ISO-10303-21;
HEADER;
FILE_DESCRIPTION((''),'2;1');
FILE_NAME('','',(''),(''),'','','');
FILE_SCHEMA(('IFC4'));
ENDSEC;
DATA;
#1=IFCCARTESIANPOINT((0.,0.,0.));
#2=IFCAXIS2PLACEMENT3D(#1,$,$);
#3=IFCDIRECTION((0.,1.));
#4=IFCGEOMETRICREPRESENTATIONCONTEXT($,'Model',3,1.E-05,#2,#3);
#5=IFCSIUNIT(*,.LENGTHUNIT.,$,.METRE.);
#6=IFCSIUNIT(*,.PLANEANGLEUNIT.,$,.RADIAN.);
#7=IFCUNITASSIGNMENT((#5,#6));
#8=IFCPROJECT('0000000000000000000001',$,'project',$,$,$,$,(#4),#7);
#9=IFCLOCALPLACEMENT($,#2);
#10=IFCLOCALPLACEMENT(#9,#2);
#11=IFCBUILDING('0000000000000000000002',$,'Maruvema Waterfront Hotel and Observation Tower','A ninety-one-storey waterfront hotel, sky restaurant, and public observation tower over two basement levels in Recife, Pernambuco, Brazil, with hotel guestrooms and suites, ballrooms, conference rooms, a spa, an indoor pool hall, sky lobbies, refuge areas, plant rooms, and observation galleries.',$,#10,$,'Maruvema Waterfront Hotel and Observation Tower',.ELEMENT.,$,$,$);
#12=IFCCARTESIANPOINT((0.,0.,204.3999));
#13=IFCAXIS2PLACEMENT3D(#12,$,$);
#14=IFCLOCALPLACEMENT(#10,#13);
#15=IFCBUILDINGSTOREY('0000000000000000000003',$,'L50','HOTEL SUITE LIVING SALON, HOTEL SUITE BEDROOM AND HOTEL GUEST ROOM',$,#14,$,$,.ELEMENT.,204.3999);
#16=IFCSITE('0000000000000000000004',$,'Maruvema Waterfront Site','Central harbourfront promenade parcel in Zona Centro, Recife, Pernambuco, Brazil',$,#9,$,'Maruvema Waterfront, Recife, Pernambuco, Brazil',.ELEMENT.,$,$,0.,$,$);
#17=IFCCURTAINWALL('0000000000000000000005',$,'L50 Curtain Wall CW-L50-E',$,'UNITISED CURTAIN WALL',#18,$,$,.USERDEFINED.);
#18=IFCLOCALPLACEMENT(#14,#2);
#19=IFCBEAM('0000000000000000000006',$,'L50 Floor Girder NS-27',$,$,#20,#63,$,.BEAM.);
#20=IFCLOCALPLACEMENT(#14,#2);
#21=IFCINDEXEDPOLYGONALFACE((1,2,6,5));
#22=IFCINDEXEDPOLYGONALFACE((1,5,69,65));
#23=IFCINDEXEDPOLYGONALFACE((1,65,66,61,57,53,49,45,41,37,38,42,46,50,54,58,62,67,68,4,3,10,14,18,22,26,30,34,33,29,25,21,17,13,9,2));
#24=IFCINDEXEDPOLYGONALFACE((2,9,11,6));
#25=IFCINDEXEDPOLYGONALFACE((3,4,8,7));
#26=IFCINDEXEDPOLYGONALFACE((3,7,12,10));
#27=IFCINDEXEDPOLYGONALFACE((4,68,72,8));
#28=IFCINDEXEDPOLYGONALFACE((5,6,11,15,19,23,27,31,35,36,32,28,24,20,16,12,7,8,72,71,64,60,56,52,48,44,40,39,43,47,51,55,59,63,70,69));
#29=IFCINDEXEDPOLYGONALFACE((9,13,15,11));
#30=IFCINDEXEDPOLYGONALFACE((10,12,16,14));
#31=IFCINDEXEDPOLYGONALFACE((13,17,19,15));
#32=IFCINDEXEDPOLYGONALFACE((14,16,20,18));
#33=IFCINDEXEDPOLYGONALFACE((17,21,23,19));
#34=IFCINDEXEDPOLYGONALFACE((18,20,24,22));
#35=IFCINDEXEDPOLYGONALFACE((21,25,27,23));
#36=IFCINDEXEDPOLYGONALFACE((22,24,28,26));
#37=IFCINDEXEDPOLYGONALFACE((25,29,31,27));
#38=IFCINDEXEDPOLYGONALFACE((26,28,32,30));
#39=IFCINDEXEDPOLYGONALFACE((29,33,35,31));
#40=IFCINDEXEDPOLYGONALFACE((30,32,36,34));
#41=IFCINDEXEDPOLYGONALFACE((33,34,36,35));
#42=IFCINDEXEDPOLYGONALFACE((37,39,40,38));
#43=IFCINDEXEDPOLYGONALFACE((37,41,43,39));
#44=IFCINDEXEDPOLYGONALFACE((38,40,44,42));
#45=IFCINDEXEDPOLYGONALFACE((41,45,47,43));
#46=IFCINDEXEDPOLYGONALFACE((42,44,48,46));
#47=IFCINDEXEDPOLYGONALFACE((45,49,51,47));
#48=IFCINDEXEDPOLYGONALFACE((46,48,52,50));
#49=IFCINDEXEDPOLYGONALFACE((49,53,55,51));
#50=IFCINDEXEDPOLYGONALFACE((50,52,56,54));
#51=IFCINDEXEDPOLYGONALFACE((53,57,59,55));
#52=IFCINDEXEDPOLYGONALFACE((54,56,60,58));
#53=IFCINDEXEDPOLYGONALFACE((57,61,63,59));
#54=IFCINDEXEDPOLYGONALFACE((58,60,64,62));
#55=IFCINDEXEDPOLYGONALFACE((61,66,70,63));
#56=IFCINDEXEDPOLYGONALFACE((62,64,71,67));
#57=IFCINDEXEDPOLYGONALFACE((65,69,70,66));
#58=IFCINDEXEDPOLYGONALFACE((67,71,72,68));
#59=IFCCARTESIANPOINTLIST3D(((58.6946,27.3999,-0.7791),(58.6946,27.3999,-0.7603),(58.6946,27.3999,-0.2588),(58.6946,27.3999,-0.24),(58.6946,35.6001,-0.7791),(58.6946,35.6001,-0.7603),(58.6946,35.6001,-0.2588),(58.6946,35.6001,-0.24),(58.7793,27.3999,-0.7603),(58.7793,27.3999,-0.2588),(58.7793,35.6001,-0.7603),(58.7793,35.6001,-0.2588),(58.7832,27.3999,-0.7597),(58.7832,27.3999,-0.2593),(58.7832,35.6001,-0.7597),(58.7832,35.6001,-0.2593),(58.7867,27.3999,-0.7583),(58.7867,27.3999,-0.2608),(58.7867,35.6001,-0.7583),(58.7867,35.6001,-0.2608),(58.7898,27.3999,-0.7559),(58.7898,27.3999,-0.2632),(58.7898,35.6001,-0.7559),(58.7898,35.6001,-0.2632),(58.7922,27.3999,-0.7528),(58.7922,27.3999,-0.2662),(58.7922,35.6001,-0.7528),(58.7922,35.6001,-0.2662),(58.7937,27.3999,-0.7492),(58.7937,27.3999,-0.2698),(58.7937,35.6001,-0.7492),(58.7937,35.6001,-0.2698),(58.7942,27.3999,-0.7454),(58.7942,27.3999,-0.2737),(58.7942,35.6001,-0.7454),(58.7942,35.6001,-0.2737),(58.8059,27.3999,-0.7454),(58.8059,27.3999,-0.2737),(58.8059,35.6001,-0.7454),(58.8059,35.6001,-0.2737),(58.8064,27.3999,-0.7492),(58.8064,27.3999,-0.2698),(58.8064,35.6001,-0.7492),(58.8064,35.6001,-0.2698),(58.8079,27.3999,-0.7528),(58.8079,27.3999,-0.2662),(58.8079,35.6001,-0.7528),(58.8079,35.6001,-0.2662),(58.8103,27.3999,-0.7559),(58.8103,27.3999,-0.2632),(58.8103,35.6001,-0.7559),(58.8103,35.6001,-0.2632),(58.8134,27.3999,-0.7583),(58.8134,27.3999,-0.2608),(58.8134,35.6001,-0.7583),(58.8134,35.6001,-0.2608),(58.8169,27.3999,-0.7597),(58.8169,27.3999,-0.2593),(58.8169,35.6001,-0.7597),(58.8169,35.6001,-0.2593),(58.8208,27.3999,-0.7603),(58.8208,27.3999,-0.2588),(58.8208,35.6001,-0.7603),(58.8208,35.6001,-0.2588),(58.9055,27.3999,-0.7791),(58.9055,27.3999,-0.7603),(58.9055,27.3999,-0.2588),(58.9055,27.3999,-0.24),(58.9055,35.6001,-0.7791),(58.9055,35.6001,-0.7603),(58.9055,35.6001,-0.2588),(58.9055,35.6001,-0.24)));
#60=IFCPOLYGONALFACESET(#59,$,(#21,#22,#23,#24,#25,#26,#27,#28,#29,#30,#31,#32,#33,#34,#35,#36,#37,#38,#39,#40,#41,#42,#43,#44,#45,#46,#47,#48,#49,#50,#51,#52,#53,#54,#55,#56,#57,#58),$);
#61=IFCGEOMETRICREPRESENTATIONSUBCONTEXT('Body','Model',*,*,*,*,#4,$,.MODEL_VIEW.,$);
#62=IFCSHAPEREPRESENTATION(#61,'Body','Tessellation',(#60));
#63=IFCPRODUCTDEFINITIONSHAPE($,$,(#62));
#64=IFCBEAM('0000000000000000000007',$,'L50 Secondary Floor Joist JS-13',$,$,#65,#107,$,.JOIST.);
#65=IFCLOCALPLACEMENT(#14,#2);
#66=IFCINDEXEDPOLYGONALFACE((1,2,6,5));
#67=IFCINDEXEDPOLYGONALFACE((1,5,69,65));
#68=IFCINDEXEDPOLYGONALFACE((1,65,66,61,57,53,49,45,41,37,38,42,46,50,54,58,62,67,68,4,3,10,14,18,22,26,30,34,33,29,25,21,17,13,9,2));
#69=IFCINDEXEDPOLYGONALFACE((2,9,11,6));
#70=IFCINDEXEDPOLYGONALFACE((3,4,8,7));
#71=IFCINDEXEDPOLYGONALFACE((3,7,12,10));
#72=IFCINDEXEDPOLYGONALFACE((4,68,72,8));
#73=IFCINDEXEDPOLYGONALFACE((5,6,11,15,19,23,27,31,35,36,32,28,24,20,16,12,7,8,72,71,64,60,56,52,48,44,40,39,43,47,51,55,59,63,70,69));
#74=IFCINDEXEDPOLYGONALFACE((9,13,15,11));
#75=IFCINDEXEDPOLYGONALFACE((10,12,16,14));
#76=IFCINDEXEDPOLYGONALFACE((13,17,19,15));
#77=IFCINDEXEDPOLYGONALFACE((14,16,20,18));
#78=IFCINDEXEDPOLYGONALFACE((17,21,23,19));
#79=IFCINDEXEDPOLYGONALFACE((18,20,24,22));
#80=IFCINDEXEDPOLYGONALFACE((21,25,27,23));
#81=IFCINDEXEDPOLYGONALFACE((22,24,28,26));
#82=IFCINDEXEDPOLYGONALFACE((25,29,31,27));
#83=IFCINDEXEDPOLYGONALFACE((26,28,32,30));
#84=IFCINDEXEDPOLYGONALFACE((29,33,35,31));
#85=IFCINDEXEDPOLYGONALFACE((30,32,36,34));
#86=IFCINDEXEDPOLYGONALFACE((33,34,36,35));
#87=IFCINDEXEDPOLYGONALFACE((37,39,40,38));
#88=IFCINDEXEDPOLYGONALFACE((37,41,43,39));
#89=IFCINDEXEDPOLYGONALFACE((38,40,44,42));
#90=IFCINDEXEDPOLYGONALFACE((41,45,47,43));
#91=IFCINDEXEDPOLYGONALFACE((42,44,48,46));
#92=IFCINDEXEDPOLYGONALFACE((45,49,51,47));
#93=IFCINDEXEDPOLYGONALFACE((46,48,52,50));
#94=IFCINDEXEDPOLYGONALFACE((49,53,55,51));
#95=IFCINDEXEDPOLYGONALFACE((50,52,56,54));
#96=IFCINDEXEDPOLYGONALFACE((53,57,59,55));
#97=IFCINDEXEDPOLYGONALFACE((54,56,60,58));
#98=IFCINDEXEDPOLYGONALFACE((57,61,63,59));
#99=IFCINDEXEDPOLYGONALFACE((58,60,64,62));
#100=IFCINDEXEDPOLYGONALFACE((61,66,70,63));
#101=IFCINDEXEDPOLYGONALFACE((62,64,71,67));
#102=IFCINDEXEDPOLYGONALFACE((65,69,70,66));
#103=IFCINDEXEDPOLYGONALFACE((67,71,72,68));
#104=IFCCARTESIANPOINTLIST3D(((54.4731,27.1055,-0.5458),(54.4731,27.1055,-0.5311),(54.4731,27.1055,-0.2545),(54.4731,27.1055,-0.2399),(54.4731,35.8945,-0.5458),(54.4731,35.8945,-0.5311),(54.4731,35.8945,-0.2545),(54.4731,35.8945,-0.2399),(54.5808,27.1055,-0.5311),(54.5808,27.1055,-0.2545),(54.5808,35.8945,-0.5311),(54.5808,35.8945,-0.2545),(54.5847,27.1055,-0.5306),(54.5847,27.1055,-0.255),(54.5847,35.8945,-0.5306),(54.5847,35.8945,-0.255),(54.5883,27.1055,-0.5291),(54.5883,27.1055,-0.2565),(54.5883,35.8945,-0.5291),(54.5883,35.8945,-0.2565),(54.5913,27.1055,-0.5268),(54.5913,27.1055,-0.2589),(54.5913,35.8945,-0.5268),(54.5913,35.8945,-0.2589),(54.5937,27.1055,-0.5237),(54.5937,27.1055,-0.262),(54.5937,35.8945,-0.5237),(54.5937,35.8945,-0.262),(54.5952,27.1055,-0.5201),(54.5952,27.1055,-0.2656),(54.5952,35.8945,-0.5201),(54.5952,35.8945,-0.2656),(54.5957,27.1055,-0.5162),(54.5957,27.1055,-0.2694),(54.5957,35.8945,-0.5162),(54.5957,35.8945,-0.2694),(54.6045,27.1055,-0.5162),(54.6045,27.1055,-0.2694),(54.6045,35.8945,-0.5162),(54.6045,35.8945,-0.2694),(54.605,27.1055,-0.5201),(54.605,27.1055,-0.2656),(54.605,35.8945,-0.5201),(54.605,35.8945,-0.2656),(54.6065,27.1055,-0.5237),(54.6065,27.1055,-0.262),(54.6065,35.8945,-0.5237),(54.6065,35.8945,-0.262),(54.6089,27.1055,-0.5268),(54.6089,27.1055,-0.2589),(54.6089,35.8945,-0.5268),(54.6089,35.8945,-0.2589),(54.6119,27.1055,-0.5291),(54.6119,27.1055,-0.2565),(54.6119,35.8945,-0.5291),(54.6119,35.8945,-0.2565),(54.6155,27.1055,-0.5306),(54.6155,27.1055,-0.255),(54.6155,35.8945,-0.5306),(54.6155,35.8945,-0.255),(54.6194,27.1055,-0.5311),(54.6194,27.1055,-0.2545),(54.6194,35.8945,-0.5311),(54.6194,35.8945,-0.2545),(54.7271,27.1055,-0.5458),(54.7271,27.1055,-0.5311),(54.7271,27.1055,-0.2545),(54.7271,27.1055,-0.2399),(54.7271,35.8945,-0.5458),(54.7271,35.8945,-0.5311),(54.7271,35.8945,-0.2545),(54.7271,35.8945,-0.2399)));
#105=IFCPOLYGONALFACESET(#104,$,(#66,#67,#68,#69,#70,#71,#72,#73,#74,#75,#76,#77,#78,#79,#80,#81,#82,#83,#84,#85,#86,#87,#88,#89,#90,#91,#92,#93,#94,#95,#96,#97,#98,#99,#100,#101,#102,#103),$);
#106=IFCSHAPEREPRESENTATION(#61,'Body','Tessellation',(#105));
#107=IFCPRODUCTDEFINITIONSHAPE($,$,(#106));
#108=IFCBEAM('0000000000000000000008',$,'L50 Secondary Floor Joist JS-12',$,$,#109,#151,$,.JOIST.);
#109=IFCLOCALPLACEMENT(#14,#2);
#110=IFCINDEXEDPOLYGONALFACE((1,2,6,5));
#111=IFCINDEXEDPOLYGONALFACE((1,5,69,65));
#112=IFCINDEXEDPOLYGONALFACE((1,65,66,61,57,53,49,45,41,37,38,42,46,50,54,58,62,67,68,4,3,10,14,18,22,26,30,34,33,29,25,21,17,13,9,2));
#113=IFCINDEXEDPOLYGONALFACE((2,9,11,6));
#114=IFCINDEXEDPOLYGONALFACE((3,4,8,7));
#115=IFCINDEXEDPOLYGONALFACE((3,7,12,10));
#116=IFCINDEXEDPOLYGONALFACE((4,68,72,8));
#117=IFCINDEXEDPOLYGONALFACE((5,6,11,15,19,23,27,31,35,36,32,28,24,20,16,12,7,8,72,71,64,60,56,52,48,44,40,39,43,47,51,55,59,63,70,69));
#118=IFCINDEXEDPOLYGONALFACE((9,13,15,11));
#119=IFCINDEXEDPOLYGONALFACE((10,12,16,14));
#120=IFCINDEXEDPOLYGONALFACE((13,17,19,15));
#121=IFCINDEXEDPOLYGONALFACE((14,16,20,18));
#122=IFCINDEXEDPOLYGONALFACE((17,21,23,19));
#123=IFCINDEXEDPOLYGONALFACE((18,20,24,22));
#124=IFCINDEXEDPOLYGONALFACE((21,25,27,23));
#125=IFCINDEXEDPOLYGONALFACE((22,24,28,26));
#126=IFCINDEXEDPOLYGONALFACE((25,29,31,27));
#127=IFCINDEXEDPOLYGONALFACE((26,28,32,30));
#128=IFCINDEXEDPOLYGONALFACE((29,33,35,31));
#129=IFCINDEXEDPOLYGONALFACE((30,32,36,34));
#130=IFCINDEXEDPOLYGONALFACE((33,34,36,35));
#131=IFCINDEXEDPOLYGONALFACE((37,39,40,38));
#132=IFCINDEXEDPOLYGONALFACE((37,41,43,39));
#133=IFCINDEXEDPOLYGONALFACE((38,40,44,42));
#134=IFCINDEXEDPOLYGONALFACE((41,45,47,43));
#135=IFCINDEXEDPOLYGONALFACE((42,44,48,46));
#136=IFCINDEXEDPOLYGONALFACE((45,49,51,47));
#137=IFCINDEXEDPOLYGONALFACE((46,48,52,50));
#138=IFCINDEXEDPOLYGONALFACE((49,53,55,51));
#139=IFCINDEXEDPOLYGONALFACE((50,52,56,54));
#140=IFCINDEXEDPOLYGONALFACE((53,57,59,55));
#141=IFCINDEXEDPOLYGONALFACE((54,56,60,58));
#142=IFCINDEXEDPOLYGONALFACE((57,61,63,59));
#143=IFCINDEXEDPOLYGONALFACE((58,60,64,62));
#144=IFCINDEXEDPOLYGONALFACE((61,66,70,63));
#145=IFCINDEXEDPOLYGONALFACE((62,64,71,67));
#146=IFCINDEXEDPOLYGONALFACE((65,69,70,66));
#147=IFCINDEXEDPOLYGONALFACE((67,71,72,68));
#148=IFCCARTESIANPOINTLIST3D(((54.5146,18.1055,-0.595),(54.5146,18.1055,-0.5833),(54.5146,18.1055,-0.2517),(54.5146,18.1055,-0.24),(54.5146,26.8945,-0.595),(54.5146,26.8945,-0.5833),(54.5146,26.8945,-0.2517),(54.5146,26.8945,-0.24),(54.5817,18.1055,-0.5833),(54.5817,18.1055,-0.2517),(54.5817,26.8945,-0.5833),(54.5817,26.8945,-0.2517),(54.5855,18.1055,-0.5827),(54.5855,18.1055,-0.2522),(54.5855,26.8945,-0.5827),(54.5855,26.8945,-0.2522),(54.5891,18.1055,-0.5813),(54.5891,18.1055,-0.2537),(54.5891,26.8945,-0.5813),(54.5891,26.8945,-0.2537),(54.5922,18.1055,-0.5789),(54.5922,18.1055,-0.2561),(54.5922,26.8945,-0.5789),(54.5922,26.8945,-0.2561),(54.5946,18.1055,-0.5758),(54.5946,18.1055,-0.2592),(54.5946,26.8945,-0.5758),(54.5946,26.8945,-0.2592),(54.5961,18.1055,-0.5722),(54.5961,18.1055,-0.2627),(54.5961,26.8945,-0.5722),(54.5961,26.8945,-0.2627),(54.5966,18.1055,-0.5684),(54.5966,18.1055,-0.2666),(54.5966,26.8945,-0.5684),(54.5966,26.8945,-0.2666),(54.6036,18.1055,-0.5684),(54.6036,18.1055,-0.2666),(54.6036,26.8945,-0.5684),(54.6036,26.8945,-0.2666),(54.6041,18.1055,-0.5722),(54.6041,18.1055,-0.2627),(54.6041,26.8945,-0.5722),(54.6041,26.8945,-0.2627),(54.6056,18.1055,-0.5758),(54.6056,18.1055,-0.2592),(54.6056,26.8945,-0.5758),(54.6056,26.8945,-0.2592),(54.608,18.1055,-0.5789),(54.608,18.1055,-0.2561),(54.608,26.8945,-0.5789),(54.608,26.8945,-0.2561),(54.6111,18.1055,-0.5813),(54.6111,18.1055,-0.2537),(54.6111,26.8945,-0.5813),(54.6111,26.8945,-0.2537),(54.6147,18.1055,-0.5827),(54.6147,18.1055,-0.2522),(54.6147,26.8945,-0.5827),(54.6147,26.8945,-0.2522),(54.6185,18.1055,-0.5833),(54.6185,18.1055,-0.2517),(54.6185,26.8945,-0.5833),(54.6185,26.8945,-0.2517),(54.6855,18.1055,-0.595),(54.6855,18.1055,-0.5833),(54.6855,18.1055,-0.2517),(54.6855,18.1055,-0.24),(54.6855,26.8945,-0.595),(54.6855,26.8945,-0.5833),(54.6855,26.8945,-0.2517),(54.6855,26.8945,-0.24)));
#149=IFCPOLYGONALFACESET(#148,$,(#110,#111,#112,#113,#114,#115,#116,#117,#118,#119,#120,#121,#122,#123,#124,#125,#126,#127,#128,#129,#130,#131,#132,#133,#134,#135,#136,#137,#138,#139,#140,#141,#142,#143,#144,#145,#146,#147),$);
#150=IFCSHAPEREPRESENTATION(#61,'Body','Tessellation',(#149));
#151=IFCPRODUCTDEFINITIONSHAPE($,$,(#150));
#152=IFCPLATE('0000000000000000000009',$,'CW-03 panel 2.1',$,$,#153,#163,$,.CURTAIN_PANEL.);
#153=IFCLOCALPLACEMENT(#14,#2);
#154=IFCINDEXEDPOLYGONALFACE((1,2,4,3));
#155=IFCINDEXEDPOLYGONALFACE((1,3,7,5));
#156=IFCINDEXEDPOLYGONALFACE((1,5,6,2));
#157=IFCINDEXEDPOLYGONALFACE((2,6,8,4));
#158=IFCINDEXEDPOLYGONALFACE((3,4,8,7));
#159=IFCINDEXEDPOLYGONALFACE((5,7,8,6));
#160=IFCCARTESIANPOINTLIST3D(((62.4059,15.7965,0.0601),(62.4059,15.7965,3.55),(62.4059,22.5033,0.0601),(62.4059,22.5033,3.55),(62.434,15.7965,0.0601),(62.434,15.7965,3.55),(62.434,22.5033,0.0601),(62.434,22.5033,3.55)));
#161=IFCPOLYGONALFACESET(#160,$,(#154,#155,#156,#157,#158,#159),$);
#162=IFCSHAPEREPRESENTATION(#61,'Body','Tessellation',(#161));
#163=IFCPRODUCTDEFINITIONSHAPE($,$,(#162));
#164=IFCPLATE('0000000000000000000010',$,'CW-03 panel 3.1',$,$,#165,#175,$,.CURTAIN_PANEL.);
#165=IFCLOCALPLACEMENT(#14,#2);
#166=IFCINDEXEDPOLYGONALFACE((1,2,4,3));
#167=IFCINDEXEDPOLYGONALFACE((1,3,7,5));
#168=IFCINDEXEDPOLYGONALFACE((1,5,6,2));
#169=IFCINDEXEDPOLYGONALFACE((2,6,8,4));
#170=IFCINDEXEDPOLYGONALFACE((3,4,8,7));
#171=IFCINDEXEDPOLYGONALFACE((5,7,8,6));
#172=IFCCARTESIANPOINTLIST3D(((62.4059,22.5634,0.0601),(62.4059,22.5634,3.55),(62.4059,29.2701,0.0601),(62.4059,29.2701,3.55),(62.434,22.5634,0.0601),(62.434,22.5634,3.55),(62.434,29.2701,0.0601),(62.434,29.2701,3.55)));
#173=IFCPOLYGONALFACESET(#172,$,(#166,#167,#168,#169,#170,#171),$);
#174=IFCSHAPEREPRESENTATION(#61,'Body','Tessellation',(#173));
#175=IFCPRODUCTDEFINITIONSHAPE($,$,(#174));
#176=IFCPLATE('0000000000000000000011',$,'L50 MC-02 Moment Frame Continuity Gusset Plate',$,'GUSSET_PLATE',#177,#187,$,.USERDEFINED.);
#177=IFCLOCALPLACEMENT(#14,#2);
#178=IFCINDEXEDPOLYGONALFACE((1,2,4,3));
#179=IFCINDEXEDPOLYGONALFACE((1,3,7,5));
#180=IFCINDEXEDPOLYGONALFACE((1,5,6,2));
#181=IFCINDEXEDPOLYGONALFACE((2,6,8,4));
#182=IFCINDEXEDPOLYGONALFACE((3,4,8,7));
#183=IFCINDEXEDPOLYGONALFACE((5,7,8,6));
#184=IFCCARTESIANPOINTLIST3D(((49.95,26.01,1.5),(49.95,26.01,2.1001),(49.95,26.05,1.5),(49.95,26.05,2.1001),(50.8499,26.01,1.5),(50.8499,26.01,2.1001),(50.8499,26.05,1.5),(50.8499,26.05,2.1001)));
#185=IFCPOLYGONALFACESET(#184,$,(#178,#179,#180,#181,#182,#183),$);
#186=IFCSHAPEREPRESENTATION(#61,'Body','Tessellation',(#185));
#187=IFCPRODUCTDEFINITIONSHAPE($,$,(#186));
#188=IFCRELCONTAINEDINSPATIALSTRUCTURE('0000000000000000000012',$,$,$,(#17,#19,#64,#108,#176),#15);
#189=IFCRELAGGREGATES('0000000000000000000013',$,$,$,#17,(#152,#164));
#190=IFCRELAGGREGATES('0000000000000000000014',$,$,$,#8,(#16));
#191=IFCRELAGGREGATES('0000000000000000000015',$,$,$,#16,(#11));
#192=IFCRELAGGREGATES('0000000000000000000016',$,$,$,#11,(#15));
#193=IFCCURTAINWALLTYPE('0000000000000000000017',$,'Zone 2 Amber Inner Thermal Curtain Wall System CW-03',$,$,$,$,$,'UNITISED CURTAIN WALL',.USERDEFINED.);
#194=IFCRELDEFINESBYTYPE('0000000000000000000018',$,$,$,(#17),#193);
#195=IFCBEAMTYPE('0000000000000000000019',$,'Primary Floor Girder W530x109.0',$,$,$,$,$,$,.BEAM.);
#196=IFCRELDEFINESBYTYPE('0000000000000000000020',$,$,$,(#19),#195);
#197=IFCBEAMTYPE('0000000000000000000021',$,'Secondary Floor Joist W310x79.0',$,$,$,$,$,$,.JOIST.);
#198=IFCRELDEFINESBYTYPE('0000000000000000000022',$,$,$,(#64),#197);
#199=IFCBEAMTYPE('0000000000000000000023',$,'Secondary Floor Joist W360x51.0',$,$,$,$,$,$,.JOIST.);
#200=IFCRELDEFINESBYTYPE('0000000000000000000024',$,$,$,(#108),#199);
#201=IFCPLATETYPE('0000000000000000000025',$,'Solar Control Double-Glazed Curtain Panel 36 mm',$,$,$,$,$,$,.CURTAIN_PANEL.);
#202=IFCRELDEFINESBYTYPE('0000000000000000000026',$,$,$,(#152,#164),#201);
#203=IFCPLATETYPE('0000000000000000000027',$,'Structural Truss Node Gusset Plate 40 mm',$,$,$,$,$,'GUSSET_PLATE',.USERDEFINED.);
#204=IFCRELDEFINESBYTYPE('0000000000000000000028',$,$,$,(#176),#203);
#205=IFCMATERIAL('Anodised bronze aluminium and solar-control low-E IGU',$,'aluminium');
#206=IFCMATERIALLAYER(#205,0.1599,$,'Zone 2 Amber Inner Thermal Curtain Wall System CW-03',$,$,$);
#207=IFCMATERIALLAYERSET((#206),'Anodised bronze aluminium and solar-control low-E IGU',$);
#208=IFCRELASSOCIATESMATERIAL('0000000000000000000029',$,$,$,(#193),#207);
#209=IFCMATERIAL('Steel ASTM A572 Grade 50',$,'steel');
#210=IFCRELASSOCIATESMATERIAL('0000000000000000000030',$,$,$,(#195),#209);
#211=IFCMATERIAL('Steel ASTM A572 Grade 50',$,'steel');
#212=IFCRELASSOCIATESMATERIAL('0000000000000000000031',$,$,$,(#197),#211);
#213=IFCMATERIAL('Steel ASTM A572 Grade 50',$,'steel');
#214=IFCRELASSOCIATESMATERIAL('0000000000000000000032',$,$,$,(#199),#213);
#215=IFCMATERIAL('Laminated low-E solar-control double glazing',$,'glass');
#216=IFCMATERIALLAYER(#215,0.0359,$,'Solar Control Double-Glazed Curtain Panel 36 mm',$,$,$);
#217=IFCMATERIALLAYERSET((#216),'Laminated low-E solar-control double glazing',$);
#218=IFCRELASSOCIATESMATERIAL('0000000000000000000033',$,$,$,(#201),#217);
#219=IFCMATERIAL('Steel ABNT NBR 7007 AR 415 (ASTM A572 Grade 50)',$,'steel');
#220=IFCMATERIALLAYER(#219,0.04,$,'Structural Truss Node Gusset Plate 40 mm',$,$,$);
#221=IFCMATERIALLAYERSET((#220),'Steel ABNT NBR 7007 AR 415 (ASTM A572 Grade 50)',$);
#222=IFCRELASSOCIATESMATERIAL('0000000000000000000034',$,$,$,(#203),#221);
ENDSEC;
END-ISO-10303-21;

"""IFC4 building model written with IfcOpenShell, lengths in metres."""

from ifc_helpers import new_model, si_unit, direction, frame, origin, origin_2d, place, context, subcontext, project, spatial, rectangle, i_section, extrude, material, layer, layer_set, material_profile, profile_set, type_object, element, aggregate, save


model = new_model("IFC4")

# Units and contexts
model_context = context("Model", 3, precision=1e-05, world=origin(), true_north=direction((0.0, 1.0)))
body_context = subcontext(model_context, "Body", "Model", "MODEL_VIEW")
ifc_project = project(units=[si_unit("LENGTHUNIT", "METRE"), si_unit("PLANEANGLEUNIT", "RADIAN")], contexts=[model_context])

# Site, building, storey
site_placement = place(None, origin())
site = spatial("IfcSite", under=ifc_project, at=site_placement, Name="Maruvema Waterfront Site", Description="Central harbourfront promenade parcel in Zona Centro, Recife, Pernambuco, Brazil", LongName="Maruvema Waterfront, Recife, Pernambuco, Brazil", CompositionType="ELEMENT", RefElevation=0.0)
building_placement = place(site_placement, origin())
building = spatial("IfcBuilding", under=site, at=building_placement, Name="Maruvema Waterfront Hotel and Observation Tower", Description="A ninety-one-storey waterfront hotel, sky restaurant, and public observation tower over two basement levels in Recife, Pernambuco, Brazil, with hotel guestrooms and suites, ballrooms, conference rooms, a spa, an indoor pool hall, sky lobbies, refuge areas, plant rooms, and observation galleries.", LongName="Maruvema Waterfront Hotel and Observation Tower", CompositionType="ELEMENT")
storey_placement = place(building_placement, frame((0.0, 0.0, 204.3999)))
storey = spatial("IfcBuildingStorey", under=building, at=storey_placement, Name="L50", Description="HOTEL SUITE LIVING SALON, HOTEL SUITE BEDROOM AND HOTEL GUEST ROOM", CompositionType="ELEMENT", Elevation=204.3999)

# Curtain wall
ifc_material_1 = material(Name="Anodised bronze aluminium and solar-control low-E IGU", Category="aluminium")
ifc_layer_1 = layer(ifc_material_1, 0.1599, Name="Zone 2 Amber Inner Thermal Curtain Wall System CW-03")
ifc_layer_set_1 = layer_set([ifc_layer_1], Name="Anodised bronze aluminium and solar-control low-E IGU")
curtain_wall_type = type_object("IfcCurtainWallType", Name="Zone 2 Amber Inner Thermal Curtain Wall System CW-03", ElementType="UNITISED CURTAIN WALL", PredefinedType="USERDEFINED", material=ifc_layer_set_1)
curtain_wall_placement = place(storey_placement, origin())
curtain_wall = element("IfcCurtainWall", 1, at=curtain_wall_placement, inside=storey, type_object=curtain_wall_type, Name="L50 Curtain Wall CW-L50-E", ObjectType="UNITISED CURTAIN WALL", PredefinedType="USERDEFINED")

# Beams
ifc_material_2 = material(Name="Steel ASTM A572 Grade 50", Category="steel")
ifc_material_profile_1 = material_profile(ifc_material_2, i_section(OverallWidth=0.2109, OverallDepth=0.5391, WebThickness=0.0117, FlangeThickness=0.0188, FilletRadius=0.0149, at=origin_2d()), Name="W530x109.0")
ifc_profile_set_1 = profile_set([ifc_material_profile_1], Name="Steel ASTM A572 Grade 50")
beam_type_1 = type_object("IfcBeamType", Name="Primary Floor Girder W530x109.0", PredefinedType="BEAM", material=ifc_profile_set_1)
for number, where, z_axis, x_axis, name in (
    (2, (58.8, 27.3999, -0.5095), (0.0, 1.0, 0.0), (-1.0, 0.0, 0.0), "L50 Floor Girder NS-27"),
):
    element("IfcBeam", number, at=place(storey_placement, frame(where, z_axis=z_axis, x_axis=x_axis)), inside=storey, type_object=beam_type_1, Name=name, PredefinedType="BEAM", context=body_context, shape_type="SweptSolid", body=[
        extrude(i_section(OverallWidth=0.2109, OverallDepth=0.5391, WebThickness=0.0117, FlangeThickness=0.0188, FilletRadius=0.0149, at=origin_2d()), origin(), (0.0, 0.0, 1.0), 8.2002),
    ])
ifc_material_3 = material(Name="Steel ASTM A572 Grade 50", Category="steel")
ifc_material_profile_2 = material_profile(ifc_material_3, i_section(OverallWidth=0.2539, OverallDepth=0.3059, WebThickness=0.0088, FlangeThickness=0.0146, FilletRadius=0.0149, at=origin_2d()), Name="W310x79.0")
ifc_profile_set_2 = profile_set([ifc_material_profile_2], Name="Steel ASTM A572 Grade 50")
beam_type_2 = type_object("IfcBeamType", Name="Secondary Floor Joist W310x79.0", PredefinedType="JOIST", material=ifc_profile_set_2)
beam_1_placement = place(storey_placement, frame((54.6001, 27.1055, -0.3928), z_axis=(0.0, 1.0, 0.0), x_axis=(-1.0, 0.0, 0.0)))
element("IfcBeam", 3, at=beam_1_placement, inside=storey, type_object=beam_type_2, Name="L50 Secondary Floor Joist JS-13", PredefinedType="JOIST", context=body_context, shape_type="SweptSolid", body=[
    extrude(i_section(OverallWidth=0.2539, OverallDepth=0.3059, WebThickness=0.0088, FlangeThickness=0.0146, FilletRadius=0.0149, at=origin_2d()), origin(), (0.0, 0.0, 1.0), 8.7891),
])
ifc_material_4 = material(Name="Steel ASTM A572 Grade 50", Category="steel")
ifc_material_profile_3 = material_profile(ifc_material_4, i_section(OverallWidth=0.1709, OverallDepth=0.355, WebThickness=0.0071, FlangeThickness=0.0117, FilletRadius=0.0149, at=origin_2d()), Name="W360x51.0")
ifc_profile_set_3 = profile_set([ifc_material_profile_3], Name="Steel ASTM A572 Grade 50")
beam_type_3 = type_object("IfcBeamType", Name="Secondary Floor Joist W360x51.0", PredefinedType="JOIST", material=ifc_profile_set_3)
beam_2_placement = place(storey_placement, frame((54.6001, 18.1055, -0.4175), z_axis=(0.0, 1.0, 0.0), x_axis=(-1.0, 0.0, 0.0)))
element("IfcBeam", 4, at=beam_2_placement, inside=storey, type_object=beam_type_3, Name="L50 Secondary Floor Joist JS-12", PredefinedType="JOIST", context=body_context, shape_type="SweptSolid", body=[
    extrude(i_section(OverallWidth=0.1709, OverallDepth=0.355, WebThickness=0.0071, FlangeThickness=0.0117, FilletRadius=0.0149, at=origin_2d()), origin(), (0.0, 0.0, 1.0), 8.7891),
])

# Plates
ifc_material_5 = material(Name="Laminated low-E solar-control double glazing", Category="glass")
ifc_layer_2 = layer(ifc_material_5, 0.0359, Name="Solar Control Double-Glazed Curtain Panel 36 mm")
ifc_layer_set_2 = layer_set([ifc_layer_2], Name="Laminated low-E solar-control double glazing")
plate_type_1 = type_object("IfcPlateType", Name="Solar Control Double-Glazed Curtain Panel 36 mm", PredefinedType="CURTAIN_PANEL", material=ifc_layer_set_2)
plate_1_placement = place(storey_placement, frame((62.4199, 19.1499, 0.0601), z_axis=(0.0, 0.0, 1.0), x_axis=(0.0, 1.0, 0.0)))
plate_1 = element("IfcPlate", 5, at=plate_1_placement, type_object=plate_type_1, Name="CW-03 panel 2.1", PredefinedType="CURTAIN_PANEL", context=body_context, shape_type="SweptSolid", body=[
    extrude(rectangle(XDim=6.7068, YDim=0.0281, at=origin_2d()), origin(), (0.0, 0.0, 1.0), 3.49),
])
plate_2_placement = place(storey_placement, frame((62.4199, 25.9167, 0.0601), z_axis=(0.0, 0.0, 1.0), x_axis=(0.0, 1.0, 0.0)))
plate_2 = element("IfcPlate", 6, at=plate_2_placement, type_object=plate_type_1, Name="CW-03 panel 3.1", PredefinedType="CURTAIN_PANEL", context=body_context, shape_type="SweptSolid", body=[
    extrude(rectangle(XDim=6.7068, YDim=0.0281, at=origin_2d()), origin(), (0.0, 0.0, 1.0), 3.49),
])
aggregate(curtain_wall, [plate_1, plate_2])
ifc_material_6 = material(Name="Steel ABNT NBR 7007 AR 415 (ASTM A572 Grade 50)", Category="steel")
ifc_layer_3 = layer(ifc_material_6, 0.04, Name="Structural Truss Node Gusset Plate 40 mm")
ifc_layer_set_3 = layer_set([ifc_layer_3], Name="Steel ABNT NBR 7007 AR 415 (ASTM A572 Grade 50)")
plate_type_2 = type_object("IfcPlateType", Name="Structural Truss Node Gusset Plate 40 mm", ElementType="GUSSET_PLATE", PredefinedType="USERDEFINED", material=ifc_layer_set_3)
plate_3_placement = place(storey_placement, frame((50.3999, 26.03, 1.5), z_axis=(0.0, 0.0, 1.0), x_axis=(1.0, 0.0, 0.0)))
element("IfcPlate", 7, at=plate_3_placement, inside=storey, type_object=plate_type_2, Name="L50 MC-02 Moment Frame Continuity Gusset Plate", ObjectType="GUSSET_PLATE", PredefinedType="USERDEFINED", context=body_context, shape_type="SweptSolid", body=[
    extrude(rectangle(XDim=0.8999, YDim=0.04, at=origin_2d()), origin(), (0.0, 0.0, 1.0), 0.6001),
])

save(model, "model.ifc")
